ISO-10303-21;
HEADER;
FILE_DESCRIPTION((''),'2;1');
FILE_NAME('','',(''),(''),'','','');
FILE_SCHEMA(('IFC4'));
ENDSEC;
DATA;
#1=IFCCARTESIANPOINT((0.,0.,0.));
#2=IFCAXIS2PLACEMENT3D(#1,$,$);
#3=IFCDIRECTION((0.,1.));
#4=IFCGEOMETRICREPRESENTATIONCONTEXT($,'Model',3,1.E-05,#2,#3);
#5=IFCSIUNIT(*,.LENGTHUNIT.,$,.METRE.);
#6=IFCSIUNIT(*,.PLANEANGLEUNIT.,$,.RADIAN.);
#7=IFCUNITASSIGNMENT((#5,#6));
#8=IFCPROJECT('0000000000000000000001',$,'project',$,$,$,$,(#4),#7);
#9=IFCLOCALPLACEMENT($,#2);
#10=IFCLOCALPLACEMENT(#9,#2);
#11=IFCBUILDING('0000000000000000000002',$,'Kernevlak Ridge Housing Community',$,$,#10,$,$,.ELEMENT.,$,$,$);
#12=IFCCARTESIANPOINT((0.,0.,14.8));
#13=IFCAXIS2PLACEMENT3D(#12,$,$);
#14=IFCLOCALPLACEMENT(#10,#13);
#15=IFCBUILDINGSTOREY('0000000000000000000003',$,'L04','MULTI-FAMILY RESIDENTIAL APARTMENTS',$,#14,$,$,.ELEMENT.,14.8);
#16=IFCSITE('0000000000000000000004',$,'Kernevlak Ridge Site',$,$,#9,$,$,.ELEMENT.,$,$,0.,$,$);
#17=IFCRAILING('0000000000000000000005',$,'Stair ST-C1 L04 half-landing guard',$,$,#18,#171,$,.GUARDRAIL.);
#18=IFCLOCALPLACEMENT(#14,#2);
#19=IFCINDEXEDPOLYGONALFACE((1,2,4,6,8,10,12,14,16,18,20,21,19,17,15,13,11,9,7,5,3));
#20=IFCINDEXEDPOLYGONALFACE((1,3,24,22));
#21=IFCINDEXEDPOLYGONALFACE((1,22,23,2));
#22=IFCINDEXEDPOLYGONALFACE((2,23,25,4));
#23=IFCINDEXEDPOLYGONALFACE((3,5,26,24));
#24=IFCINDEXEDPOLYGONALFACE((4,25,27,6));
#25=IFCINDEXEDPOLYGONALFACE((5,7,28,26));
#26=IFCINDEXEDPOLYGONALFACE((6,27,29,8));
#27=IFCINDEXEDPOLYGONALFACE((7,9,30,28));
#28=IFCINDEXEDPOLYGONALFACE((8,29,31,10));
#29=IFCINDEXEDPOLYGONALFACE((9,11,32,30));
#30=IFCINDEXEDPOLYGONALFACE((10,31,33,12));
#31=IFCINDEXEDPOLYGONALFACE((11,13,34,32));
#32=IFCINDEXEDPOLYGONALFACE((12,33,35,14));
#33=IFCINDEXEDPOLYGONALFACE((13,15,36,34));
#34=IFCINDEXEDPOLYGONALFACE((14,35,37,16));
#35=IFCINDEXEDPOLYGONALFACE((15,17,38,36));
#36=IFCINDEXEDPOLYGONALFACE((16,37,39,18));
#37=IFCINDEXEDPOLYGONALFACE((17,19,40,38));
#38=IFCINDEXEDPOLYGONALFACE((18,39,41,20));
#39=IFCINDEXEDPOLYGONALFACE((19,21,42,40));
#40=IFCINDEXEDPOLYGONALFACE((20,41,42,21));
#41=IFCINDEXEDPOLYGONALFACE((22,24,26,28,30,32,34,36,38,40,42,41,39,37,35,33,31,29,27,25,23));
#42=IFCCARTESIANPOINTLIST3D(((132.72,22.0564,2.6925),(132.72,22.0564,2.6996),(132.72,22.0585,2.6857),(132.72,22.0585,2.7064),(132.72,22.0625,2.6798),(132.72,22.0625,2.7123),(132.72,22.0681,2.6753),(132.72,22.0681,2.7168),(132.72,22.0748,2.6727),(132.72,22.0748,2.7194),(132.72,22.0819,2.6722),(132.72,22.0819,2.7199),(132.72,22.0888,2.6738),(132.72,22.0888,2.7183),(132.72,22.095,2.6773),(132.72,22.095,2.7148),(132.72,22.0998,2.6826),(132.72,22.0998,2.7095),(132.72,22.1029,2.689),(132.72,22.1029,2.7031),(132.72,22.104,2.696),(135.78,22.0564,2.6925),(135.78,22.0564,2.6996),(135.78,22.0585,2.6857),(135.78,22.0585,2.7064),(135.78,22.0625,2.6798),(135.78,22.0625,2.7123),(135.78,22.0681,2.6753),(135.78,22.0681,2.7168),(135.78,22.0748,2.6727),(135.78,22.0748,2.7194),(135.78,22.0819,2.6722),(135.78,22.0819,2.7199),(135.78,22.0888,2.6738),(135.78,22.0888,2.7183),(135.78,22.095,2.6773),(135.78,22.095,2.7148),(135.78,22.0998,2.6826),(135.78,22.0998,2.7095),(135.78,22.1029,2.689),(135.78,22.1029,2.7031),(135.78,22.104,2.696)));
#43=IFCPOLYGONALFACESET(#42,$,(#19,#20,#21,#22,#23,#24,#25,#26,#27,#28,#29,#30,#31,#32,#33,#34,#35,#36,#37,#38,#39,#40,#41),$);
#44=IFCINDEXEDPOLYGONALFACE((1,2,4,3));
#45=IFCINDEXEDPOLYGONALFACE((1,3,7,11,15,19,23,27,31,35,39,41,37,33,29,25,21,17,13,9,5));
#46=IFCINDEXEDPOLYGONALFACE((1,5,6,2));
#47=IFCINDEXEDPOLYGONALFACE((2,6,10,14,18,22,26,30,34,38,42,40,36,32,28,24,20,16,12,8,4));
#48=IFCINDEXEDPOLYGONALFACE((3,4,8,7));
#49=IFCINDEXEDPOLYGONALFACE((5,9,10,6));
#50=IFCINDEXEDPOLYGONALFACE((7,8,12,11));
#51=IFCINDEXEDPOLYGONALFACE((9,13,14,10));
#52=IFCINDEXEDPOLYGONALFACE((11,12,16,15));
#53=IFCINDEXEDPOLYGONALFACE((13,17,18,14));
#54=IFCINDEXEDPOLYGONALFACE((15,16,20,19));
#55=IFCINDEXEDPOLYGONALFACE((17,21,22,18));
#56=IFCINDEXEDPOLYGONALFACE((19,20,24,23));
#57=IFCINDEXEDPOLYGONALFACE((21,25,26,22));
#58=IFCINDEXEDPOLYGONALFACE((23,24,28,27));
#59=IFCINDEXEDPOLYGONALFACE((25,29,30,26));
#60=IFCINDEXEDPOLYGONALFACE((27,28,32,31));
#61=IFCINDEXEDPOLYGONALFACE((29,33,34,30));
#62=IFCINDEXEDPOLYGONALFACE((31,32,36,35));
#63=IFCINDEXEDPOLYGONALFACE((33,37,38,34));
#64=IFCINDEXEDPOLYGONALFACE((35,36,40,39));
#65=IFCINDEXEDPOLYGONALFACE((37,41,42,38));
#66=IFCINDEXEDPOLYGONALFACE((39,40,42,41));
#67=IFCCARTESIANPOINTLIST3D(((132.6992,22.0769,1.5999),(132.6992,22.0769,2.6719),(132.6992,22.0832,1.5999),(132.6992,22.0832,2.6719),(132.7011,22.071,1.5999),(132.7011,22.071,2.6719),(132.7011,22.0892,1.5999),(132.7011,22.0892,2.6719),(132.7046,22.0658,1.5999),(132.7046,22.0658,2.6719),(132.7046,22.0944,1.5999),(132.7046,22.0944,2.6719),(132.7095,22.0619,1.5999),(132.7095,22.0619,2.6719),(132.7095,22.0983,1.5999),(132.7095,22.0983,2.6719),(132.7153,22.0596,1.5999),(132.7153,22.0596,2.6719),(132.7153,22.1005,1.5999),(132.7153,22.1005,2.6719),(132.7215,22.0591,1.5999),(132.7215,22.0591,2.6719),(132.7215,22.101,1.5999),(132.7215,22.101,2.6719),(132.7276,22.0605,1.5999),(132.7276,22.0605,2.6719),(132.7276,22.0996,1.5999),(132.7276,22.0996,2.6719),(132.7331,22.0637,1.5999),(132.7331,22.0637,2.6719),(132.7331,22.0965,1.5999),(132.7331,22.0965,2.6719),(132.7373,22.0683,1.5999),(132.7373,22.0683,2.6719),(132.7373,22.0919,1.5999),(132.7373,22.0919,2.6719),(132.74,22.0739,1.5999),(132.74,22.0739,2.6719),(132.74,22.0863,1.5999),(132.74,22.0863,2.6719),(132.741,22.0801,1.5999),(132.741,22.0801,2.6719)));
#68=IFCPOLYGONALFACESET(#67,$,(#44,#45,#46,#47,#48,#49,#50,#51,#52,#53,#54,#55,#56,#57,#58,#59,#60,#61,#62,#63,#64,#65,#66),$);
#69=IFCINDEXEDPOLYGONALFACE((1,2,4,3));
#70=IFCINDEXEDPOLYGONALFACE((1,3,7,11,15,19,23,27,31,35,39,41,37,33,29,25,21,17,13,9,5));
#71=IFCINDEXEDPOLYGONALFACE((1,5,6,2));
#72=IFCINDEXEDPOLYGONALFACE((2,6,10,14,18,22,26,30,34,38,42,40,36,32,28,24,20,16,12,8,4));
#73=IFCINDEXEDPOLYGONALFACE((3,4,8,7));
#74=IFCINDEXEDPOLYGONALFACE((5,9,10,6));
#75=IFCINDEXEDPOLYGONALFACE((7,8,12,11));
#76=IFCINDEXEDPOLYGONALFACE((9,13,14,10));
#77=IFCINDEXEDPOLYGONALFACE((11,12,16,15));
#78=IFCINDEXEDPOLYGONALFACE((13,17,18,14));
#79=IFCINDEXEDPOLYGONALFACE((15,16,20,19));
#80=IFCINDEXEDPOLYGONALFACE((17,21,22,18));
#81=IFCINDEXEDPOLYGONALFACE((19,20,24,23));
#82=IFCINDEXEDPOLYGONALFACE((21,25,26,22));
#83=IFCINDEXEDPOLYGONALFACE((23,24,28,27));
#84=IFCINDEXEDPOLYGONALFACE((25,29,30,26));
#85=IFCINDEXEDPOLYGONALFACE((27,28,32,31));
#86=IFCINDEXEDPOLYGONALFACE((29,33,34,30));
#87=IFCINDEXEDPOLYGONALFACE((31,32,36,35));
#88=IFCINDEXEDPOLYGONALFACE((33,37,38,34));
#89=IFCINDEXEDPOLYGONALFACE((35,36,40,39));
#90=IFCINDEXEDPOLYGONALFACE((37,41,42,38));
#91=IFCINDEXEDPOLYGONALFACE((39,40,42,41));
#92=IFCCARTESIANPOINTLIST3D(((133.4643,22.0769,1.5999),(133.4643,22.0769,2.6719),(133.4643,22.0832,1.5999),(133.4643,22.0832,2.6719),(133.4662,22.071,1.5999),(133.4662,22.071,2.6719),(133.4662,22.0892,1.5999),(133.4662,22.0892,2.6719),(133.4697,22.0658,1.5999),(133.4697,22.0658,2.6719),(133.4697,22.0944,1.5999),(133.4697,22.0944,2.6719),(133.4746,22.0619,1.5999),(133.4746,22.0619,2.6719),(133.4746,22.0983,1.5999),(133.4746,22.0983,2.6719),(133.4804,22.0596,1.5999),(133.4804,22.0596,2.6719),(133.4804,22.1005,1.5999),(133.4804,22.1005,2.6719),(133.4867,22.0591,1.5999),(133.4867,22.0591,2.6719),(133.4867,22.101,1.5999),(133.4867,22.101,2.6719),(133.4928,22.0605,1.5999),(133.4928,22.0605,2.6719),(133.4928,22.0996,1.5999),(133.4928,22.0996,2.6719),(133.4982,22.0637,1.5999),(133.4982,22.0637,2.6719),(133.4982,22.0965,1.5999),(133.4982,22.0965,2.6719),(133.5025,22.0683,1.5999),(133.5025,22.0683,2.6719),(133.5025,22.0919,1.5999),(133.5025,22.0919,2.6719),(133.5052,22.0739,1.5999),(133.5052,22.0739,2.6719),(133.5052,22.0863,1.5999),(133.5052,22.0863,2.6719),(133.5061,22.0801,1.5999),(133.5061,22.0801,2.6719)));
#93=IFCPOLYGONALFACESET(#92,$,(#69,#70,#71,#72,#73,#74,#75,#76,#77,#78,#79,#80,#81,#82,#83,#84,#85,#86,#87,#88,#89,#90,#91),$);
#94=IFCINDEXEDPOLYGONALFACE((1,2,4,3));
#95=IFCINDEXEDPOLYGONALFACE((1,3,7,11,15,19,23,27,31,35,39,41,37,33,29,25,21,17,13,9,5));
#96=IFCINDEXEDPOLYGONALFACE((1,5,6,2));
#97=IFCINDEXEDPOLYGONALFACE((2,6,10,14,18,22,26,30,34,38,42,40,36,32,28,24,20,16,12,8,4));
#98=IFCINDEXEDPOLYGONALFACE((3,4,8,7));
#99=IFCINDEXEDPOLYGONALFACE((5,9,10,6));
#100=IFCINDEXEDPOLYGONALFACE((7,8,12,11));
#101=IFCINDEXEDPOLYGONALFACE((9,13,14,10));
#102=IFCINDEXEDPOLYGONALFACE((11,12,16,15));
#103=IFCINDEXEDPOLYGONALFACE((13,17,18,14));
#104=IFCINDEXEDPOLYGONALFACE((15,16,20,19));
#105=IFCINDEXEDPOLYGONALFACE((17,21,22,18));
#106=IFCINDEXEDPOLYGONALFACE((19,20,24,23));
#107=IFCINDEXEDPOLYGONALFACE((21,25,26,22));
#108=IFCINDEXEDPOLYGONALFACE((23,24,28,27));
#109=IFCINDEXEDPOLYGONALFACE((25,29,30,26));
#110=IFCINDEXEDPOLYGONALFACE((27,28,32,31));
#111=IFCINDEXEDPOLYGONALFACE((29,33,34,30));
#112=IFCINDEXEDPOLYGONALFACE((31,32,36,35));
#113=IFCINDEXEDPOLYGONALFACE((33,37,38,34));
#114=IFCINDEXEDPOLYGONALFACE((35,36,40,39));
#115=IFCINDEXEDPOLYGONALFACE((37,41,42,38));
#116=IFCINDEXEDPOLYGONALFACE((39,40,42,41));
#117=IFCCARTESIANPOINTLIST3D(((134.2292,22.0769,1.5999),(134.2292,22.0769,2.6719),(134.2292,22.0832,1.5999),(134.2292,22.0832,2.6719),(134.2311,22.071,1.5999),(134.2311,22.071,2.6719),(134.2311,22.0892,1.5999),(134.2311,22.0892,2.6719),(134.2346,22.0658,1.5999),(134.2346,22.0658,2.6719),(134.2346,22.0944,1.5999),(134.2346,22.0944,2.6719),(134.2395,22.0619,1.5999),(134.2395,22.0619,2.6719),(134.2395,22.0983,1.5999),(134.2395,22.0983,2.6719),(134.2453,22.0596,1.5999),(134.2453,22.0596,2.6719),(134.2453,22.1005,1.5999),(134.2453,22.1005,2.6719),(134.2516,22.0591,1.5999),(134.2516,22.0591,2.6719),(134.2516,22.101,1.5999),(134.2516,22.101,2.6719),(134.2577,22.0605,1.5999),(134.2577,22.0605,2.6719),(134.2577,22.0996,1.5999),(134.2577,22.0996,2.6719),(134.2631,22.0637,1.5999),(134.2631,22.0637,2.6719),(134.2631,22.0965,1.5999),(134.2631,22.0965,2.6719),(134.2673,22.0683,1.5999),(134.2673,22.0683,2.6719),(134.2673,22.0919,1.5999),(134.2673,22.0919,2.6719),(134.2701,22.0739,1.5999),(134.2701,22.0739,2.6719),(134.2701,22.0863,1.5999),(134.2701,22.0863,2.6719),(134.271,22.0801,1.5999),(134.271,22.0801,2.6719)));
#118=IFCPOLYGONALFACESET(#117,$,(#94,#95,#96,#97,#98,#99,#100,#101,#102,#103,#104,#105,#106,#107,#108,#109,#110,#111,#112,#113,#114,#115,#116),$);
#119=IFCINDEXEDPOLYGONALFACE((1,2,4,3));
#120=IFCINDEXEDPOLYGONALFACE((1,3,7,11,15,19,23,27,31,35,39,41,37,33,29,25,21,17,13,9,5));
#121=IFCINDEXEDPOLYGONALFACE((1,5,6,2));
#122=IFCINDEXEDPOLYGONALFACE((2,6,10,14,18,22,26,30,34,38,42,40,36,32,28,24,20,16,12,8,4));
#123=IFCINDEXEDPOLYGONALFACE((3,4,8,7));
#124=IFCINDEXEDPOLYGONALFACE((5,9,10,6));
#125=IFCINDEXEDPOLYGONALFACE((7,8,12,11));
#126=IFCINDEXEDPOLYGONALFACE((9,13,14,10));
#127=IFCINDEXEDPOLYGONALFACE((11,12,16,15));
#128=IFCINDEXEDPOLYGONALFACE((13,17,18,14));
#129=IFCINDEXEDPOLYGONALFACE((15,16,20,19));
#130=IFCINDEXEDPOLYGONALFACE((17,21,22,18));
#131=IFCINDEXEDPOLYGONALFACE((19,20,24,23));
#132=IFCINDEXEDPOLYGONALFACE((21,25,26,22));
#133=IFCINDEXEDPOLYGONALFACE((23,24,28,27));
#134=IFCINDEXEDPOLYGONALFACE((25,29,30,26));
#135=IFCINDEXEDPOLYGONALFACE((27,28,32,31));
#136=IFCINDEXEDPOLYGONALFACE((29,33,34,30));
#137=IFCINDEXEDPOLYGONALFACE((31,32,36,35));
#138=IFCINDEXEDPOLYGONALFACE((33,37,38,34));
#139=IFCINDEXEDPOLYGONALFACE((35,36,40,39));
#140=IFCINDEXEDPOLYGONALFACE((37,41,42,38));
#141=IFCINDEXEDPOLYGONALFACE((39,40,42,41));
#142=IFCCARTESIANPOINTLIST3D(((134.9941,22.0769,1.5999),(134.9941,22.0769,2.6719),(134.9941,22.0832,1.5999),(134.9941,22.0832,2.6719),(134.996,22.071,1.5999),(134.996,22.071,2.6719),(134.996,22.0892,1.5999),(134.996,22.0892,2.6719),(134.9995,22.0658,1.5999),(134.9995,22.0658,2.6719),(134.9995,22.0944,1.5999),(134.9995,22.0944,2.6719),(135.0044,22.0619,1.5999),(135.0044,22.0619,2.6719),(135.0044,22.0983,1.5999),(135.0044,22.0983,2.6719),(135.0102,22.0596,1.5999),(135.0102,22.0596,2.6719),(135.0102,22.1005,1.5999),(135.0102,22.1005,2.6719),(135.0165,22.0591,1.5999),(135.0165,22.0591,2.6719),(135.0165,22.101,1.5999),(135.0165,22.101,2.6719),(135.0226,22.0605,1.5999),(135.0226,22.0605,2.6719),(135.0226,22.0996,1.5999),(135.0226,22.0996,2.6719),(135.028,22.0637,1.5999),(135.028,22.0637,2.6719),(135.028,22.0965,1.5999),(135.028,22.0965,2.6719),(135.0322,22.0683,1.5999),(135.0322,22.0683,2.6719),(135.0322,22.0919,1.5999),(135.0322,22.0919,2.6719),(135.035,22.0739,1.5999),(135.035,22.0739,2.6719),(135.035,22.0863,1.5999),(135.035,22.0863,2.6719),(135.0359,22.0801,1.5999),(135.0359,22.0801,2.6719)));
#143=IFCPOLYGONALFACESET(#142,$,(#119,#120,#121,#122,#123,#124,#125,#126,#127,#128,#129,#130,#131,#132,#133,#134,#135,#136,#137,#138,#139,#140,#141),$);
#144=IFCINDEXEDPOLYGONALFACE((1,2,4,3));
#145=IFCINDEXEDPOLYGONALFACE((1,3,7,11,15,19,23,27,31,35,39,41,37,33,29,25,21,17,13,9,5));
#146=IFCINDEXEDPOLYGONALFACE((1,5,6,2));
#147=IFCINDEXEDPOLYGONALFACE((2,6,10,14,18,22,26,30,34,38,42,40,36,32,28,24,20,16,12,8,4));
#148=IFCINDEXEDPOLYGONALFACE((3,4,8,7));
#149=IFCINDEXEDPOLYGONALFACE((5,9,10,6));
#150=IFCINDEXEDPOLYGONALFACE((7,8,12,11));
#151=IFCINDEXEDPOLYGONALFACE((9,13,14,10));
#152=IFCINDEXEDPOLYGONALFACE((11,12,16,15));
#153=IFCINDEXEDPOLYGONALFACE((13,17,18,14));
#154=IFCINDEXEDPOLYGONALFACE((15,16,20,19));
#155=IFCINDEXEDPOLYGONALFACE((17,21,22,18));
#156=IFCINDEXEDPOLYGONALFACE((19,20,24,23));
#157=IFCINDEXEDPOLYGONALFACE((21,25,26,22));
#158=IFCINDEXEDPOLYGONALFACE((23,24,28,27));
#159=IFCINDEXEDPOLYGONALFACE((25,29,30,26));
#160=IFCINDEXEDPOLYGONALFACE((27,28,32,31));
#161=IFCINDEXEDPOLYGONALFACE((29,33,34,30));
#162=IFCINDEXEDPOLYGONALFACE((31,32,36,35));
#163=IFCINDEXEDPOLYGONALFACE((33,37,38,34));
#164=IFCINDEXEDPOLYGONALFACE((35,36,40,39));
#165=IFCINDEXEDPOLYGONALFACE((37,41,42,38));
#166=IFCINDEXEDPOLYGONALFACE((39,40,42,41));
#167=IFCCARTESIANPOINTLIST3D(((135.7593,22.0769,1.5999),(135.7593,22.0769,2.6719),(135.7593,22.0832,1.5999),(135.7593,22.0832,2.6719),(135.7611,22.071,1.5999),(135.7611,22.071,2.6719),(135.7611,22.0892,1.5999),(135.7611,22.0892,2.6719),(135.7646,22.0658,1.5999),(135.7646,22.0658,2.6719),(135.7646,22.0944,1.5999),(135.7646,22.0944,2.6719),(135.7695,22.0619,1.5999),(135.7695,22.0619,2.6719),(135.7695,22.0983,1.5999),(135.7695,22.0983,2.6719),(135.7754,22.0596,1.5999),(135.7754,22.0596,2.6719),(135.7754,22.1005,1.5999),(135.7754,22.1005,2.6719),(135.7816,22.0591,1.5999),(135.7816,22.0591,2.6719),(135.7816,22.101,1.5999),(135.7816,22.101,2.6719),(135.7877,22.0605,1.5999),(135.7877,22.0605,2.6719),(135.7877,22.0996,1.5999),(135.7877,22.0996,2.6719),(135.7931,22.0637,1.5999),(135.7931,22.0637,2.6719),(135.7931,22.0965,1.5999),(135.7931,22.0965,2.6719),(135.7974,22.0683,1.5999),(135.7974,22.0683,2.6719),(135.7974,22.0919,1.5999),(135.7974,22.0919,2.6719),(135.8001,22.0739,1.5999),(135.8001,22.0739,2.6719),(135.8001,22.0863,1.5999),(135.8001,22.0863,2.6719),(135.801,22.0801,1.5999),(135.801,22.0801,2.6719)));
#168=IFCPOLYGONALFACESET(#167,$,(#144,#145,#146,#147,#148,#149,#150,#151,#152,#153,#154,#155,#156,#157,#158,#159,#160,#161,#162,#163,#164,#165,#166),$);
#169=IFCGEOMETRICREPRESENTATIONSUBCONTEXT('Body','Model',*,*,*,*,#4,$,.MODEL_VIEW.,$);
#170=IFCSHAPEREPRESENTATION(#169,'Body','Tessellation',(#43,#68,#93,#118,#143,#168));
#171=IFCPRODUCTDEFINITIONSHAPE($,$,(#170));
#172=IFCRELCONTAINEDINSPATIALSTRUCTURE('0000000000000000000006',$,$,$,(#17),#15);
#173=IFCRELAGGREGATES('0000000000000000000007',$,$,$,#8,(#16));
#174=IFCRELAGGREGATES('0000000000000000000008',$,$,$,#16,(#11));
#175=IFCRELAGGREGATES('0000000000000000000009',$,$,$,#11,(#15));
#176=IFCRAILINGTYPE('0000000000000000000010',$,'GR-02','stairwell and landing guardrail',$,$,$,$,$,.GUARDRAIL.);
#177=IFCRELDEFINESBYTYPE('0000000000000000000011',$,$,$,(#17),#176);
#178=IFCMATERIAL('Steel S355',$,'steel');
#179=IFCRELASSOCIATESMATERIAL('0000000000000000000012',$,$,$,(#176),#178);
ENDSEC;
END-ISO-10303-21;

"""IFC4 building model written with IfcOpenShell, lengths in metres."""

from ifc_helpers import new_model, si_unit, direction, frame, origin, origin_2d, place, context, subcontext, project, spatial, circle, extrude, material, type_object, element, save


model = new_model("IFC4")

# Units and contexts
model_context = context("Model", 3, precision=1e-05, world=origin(), true_north=direction((0.0, 1.0)))
body_context = subcontext(model_context, "Body", "Model", "MODEL_VIEW")
ifc_project = project(units=[si_unit("LENGTHUNIT", "METRE"), si_unit("PLANEANGLEUNIT", "RADIAN")], contexts=[model_context])

# Site, building, storey
site_placement = place(None, origin())
site = spatial("IfcSite", under=ifc_project, at=site_placement, Name="Kernevlak Ridge Site", CompositionType="ELEMENT", RefElevation=0.0)
building_placement = place(site_placement, origin())
building = spatial("IfcBuilding", under=site, at=building_placement, Name="Kernevlak Ridge Housing Community", CompositionType="ELEMENT")
storey_placement = place(building_placement, frame((0.0, 0.0, 14.8)))
storey = spatial("IfcBuildingStorey", under=building, at=storey_placement, Name="L04", Description="MULTI-FAMILY RESIDENTIAL APARTMENTS", CompositionType="ELEMENT", Elevation=14.8)

# Railing
ifc_material_1 = material(Name="Steel S355", Category="steel")
railing_type_1 = type_object("IfcRailingType", Name="GR-02", Description="stairwell and landing guardrail", PredefinedType="GUARDRAIL", material=ifc_material_1)
railing_1_placement = place(storey_placement, frame((132.72, 22.0801, 1.5999)))
element("IfcRailing", 1, at=railing_1_placement, inside=storey, type_object=railing_type_1, Name="Stair ST-C1 L04 half-landing guard", PredefinedType="GUARDRAIL", context=body_context, shape_type="SweptSolid", body=[
    extrude(circle(Radius=0.0239, at=origin_2d()), frame((0.0, 0.0, 1.0962), z_axis=(1.0, 0.0, 0.0), x_axis=(0.0, 1.0, 0.0)), (0.0, 0.0, 1.0), 3.0601),
    extrude(circle(Radius=0.021, at=origin_2d()), origin(), (0.0, 0.0, 1.0), 1.072),
    extrude(circle(Radius=0.021, at=origin_2d()), frame((0.7651, 0.0, 0.0)), (0.0, 0.0, 1.0), 1.072),
    extrude(circle(Radius=0.021, at=origin_2d()), frame((1.53, 0.0, 0.0)), (0.0, 0.0, 1.0), 1.072),
    extrude(circle(Radius=0.021, at=origin_2d()), frame((2.2949, 0.0, 0.0)), (0.0, 0.0, 1.0), 1.072),
    extrude(circle(Radius=0.021, at=origin_2d()), frame((3.0601, 0.0, 0.0)), (0.0, 0.0, 1.0), 1.072),
])

save(model, "model.ifc")
